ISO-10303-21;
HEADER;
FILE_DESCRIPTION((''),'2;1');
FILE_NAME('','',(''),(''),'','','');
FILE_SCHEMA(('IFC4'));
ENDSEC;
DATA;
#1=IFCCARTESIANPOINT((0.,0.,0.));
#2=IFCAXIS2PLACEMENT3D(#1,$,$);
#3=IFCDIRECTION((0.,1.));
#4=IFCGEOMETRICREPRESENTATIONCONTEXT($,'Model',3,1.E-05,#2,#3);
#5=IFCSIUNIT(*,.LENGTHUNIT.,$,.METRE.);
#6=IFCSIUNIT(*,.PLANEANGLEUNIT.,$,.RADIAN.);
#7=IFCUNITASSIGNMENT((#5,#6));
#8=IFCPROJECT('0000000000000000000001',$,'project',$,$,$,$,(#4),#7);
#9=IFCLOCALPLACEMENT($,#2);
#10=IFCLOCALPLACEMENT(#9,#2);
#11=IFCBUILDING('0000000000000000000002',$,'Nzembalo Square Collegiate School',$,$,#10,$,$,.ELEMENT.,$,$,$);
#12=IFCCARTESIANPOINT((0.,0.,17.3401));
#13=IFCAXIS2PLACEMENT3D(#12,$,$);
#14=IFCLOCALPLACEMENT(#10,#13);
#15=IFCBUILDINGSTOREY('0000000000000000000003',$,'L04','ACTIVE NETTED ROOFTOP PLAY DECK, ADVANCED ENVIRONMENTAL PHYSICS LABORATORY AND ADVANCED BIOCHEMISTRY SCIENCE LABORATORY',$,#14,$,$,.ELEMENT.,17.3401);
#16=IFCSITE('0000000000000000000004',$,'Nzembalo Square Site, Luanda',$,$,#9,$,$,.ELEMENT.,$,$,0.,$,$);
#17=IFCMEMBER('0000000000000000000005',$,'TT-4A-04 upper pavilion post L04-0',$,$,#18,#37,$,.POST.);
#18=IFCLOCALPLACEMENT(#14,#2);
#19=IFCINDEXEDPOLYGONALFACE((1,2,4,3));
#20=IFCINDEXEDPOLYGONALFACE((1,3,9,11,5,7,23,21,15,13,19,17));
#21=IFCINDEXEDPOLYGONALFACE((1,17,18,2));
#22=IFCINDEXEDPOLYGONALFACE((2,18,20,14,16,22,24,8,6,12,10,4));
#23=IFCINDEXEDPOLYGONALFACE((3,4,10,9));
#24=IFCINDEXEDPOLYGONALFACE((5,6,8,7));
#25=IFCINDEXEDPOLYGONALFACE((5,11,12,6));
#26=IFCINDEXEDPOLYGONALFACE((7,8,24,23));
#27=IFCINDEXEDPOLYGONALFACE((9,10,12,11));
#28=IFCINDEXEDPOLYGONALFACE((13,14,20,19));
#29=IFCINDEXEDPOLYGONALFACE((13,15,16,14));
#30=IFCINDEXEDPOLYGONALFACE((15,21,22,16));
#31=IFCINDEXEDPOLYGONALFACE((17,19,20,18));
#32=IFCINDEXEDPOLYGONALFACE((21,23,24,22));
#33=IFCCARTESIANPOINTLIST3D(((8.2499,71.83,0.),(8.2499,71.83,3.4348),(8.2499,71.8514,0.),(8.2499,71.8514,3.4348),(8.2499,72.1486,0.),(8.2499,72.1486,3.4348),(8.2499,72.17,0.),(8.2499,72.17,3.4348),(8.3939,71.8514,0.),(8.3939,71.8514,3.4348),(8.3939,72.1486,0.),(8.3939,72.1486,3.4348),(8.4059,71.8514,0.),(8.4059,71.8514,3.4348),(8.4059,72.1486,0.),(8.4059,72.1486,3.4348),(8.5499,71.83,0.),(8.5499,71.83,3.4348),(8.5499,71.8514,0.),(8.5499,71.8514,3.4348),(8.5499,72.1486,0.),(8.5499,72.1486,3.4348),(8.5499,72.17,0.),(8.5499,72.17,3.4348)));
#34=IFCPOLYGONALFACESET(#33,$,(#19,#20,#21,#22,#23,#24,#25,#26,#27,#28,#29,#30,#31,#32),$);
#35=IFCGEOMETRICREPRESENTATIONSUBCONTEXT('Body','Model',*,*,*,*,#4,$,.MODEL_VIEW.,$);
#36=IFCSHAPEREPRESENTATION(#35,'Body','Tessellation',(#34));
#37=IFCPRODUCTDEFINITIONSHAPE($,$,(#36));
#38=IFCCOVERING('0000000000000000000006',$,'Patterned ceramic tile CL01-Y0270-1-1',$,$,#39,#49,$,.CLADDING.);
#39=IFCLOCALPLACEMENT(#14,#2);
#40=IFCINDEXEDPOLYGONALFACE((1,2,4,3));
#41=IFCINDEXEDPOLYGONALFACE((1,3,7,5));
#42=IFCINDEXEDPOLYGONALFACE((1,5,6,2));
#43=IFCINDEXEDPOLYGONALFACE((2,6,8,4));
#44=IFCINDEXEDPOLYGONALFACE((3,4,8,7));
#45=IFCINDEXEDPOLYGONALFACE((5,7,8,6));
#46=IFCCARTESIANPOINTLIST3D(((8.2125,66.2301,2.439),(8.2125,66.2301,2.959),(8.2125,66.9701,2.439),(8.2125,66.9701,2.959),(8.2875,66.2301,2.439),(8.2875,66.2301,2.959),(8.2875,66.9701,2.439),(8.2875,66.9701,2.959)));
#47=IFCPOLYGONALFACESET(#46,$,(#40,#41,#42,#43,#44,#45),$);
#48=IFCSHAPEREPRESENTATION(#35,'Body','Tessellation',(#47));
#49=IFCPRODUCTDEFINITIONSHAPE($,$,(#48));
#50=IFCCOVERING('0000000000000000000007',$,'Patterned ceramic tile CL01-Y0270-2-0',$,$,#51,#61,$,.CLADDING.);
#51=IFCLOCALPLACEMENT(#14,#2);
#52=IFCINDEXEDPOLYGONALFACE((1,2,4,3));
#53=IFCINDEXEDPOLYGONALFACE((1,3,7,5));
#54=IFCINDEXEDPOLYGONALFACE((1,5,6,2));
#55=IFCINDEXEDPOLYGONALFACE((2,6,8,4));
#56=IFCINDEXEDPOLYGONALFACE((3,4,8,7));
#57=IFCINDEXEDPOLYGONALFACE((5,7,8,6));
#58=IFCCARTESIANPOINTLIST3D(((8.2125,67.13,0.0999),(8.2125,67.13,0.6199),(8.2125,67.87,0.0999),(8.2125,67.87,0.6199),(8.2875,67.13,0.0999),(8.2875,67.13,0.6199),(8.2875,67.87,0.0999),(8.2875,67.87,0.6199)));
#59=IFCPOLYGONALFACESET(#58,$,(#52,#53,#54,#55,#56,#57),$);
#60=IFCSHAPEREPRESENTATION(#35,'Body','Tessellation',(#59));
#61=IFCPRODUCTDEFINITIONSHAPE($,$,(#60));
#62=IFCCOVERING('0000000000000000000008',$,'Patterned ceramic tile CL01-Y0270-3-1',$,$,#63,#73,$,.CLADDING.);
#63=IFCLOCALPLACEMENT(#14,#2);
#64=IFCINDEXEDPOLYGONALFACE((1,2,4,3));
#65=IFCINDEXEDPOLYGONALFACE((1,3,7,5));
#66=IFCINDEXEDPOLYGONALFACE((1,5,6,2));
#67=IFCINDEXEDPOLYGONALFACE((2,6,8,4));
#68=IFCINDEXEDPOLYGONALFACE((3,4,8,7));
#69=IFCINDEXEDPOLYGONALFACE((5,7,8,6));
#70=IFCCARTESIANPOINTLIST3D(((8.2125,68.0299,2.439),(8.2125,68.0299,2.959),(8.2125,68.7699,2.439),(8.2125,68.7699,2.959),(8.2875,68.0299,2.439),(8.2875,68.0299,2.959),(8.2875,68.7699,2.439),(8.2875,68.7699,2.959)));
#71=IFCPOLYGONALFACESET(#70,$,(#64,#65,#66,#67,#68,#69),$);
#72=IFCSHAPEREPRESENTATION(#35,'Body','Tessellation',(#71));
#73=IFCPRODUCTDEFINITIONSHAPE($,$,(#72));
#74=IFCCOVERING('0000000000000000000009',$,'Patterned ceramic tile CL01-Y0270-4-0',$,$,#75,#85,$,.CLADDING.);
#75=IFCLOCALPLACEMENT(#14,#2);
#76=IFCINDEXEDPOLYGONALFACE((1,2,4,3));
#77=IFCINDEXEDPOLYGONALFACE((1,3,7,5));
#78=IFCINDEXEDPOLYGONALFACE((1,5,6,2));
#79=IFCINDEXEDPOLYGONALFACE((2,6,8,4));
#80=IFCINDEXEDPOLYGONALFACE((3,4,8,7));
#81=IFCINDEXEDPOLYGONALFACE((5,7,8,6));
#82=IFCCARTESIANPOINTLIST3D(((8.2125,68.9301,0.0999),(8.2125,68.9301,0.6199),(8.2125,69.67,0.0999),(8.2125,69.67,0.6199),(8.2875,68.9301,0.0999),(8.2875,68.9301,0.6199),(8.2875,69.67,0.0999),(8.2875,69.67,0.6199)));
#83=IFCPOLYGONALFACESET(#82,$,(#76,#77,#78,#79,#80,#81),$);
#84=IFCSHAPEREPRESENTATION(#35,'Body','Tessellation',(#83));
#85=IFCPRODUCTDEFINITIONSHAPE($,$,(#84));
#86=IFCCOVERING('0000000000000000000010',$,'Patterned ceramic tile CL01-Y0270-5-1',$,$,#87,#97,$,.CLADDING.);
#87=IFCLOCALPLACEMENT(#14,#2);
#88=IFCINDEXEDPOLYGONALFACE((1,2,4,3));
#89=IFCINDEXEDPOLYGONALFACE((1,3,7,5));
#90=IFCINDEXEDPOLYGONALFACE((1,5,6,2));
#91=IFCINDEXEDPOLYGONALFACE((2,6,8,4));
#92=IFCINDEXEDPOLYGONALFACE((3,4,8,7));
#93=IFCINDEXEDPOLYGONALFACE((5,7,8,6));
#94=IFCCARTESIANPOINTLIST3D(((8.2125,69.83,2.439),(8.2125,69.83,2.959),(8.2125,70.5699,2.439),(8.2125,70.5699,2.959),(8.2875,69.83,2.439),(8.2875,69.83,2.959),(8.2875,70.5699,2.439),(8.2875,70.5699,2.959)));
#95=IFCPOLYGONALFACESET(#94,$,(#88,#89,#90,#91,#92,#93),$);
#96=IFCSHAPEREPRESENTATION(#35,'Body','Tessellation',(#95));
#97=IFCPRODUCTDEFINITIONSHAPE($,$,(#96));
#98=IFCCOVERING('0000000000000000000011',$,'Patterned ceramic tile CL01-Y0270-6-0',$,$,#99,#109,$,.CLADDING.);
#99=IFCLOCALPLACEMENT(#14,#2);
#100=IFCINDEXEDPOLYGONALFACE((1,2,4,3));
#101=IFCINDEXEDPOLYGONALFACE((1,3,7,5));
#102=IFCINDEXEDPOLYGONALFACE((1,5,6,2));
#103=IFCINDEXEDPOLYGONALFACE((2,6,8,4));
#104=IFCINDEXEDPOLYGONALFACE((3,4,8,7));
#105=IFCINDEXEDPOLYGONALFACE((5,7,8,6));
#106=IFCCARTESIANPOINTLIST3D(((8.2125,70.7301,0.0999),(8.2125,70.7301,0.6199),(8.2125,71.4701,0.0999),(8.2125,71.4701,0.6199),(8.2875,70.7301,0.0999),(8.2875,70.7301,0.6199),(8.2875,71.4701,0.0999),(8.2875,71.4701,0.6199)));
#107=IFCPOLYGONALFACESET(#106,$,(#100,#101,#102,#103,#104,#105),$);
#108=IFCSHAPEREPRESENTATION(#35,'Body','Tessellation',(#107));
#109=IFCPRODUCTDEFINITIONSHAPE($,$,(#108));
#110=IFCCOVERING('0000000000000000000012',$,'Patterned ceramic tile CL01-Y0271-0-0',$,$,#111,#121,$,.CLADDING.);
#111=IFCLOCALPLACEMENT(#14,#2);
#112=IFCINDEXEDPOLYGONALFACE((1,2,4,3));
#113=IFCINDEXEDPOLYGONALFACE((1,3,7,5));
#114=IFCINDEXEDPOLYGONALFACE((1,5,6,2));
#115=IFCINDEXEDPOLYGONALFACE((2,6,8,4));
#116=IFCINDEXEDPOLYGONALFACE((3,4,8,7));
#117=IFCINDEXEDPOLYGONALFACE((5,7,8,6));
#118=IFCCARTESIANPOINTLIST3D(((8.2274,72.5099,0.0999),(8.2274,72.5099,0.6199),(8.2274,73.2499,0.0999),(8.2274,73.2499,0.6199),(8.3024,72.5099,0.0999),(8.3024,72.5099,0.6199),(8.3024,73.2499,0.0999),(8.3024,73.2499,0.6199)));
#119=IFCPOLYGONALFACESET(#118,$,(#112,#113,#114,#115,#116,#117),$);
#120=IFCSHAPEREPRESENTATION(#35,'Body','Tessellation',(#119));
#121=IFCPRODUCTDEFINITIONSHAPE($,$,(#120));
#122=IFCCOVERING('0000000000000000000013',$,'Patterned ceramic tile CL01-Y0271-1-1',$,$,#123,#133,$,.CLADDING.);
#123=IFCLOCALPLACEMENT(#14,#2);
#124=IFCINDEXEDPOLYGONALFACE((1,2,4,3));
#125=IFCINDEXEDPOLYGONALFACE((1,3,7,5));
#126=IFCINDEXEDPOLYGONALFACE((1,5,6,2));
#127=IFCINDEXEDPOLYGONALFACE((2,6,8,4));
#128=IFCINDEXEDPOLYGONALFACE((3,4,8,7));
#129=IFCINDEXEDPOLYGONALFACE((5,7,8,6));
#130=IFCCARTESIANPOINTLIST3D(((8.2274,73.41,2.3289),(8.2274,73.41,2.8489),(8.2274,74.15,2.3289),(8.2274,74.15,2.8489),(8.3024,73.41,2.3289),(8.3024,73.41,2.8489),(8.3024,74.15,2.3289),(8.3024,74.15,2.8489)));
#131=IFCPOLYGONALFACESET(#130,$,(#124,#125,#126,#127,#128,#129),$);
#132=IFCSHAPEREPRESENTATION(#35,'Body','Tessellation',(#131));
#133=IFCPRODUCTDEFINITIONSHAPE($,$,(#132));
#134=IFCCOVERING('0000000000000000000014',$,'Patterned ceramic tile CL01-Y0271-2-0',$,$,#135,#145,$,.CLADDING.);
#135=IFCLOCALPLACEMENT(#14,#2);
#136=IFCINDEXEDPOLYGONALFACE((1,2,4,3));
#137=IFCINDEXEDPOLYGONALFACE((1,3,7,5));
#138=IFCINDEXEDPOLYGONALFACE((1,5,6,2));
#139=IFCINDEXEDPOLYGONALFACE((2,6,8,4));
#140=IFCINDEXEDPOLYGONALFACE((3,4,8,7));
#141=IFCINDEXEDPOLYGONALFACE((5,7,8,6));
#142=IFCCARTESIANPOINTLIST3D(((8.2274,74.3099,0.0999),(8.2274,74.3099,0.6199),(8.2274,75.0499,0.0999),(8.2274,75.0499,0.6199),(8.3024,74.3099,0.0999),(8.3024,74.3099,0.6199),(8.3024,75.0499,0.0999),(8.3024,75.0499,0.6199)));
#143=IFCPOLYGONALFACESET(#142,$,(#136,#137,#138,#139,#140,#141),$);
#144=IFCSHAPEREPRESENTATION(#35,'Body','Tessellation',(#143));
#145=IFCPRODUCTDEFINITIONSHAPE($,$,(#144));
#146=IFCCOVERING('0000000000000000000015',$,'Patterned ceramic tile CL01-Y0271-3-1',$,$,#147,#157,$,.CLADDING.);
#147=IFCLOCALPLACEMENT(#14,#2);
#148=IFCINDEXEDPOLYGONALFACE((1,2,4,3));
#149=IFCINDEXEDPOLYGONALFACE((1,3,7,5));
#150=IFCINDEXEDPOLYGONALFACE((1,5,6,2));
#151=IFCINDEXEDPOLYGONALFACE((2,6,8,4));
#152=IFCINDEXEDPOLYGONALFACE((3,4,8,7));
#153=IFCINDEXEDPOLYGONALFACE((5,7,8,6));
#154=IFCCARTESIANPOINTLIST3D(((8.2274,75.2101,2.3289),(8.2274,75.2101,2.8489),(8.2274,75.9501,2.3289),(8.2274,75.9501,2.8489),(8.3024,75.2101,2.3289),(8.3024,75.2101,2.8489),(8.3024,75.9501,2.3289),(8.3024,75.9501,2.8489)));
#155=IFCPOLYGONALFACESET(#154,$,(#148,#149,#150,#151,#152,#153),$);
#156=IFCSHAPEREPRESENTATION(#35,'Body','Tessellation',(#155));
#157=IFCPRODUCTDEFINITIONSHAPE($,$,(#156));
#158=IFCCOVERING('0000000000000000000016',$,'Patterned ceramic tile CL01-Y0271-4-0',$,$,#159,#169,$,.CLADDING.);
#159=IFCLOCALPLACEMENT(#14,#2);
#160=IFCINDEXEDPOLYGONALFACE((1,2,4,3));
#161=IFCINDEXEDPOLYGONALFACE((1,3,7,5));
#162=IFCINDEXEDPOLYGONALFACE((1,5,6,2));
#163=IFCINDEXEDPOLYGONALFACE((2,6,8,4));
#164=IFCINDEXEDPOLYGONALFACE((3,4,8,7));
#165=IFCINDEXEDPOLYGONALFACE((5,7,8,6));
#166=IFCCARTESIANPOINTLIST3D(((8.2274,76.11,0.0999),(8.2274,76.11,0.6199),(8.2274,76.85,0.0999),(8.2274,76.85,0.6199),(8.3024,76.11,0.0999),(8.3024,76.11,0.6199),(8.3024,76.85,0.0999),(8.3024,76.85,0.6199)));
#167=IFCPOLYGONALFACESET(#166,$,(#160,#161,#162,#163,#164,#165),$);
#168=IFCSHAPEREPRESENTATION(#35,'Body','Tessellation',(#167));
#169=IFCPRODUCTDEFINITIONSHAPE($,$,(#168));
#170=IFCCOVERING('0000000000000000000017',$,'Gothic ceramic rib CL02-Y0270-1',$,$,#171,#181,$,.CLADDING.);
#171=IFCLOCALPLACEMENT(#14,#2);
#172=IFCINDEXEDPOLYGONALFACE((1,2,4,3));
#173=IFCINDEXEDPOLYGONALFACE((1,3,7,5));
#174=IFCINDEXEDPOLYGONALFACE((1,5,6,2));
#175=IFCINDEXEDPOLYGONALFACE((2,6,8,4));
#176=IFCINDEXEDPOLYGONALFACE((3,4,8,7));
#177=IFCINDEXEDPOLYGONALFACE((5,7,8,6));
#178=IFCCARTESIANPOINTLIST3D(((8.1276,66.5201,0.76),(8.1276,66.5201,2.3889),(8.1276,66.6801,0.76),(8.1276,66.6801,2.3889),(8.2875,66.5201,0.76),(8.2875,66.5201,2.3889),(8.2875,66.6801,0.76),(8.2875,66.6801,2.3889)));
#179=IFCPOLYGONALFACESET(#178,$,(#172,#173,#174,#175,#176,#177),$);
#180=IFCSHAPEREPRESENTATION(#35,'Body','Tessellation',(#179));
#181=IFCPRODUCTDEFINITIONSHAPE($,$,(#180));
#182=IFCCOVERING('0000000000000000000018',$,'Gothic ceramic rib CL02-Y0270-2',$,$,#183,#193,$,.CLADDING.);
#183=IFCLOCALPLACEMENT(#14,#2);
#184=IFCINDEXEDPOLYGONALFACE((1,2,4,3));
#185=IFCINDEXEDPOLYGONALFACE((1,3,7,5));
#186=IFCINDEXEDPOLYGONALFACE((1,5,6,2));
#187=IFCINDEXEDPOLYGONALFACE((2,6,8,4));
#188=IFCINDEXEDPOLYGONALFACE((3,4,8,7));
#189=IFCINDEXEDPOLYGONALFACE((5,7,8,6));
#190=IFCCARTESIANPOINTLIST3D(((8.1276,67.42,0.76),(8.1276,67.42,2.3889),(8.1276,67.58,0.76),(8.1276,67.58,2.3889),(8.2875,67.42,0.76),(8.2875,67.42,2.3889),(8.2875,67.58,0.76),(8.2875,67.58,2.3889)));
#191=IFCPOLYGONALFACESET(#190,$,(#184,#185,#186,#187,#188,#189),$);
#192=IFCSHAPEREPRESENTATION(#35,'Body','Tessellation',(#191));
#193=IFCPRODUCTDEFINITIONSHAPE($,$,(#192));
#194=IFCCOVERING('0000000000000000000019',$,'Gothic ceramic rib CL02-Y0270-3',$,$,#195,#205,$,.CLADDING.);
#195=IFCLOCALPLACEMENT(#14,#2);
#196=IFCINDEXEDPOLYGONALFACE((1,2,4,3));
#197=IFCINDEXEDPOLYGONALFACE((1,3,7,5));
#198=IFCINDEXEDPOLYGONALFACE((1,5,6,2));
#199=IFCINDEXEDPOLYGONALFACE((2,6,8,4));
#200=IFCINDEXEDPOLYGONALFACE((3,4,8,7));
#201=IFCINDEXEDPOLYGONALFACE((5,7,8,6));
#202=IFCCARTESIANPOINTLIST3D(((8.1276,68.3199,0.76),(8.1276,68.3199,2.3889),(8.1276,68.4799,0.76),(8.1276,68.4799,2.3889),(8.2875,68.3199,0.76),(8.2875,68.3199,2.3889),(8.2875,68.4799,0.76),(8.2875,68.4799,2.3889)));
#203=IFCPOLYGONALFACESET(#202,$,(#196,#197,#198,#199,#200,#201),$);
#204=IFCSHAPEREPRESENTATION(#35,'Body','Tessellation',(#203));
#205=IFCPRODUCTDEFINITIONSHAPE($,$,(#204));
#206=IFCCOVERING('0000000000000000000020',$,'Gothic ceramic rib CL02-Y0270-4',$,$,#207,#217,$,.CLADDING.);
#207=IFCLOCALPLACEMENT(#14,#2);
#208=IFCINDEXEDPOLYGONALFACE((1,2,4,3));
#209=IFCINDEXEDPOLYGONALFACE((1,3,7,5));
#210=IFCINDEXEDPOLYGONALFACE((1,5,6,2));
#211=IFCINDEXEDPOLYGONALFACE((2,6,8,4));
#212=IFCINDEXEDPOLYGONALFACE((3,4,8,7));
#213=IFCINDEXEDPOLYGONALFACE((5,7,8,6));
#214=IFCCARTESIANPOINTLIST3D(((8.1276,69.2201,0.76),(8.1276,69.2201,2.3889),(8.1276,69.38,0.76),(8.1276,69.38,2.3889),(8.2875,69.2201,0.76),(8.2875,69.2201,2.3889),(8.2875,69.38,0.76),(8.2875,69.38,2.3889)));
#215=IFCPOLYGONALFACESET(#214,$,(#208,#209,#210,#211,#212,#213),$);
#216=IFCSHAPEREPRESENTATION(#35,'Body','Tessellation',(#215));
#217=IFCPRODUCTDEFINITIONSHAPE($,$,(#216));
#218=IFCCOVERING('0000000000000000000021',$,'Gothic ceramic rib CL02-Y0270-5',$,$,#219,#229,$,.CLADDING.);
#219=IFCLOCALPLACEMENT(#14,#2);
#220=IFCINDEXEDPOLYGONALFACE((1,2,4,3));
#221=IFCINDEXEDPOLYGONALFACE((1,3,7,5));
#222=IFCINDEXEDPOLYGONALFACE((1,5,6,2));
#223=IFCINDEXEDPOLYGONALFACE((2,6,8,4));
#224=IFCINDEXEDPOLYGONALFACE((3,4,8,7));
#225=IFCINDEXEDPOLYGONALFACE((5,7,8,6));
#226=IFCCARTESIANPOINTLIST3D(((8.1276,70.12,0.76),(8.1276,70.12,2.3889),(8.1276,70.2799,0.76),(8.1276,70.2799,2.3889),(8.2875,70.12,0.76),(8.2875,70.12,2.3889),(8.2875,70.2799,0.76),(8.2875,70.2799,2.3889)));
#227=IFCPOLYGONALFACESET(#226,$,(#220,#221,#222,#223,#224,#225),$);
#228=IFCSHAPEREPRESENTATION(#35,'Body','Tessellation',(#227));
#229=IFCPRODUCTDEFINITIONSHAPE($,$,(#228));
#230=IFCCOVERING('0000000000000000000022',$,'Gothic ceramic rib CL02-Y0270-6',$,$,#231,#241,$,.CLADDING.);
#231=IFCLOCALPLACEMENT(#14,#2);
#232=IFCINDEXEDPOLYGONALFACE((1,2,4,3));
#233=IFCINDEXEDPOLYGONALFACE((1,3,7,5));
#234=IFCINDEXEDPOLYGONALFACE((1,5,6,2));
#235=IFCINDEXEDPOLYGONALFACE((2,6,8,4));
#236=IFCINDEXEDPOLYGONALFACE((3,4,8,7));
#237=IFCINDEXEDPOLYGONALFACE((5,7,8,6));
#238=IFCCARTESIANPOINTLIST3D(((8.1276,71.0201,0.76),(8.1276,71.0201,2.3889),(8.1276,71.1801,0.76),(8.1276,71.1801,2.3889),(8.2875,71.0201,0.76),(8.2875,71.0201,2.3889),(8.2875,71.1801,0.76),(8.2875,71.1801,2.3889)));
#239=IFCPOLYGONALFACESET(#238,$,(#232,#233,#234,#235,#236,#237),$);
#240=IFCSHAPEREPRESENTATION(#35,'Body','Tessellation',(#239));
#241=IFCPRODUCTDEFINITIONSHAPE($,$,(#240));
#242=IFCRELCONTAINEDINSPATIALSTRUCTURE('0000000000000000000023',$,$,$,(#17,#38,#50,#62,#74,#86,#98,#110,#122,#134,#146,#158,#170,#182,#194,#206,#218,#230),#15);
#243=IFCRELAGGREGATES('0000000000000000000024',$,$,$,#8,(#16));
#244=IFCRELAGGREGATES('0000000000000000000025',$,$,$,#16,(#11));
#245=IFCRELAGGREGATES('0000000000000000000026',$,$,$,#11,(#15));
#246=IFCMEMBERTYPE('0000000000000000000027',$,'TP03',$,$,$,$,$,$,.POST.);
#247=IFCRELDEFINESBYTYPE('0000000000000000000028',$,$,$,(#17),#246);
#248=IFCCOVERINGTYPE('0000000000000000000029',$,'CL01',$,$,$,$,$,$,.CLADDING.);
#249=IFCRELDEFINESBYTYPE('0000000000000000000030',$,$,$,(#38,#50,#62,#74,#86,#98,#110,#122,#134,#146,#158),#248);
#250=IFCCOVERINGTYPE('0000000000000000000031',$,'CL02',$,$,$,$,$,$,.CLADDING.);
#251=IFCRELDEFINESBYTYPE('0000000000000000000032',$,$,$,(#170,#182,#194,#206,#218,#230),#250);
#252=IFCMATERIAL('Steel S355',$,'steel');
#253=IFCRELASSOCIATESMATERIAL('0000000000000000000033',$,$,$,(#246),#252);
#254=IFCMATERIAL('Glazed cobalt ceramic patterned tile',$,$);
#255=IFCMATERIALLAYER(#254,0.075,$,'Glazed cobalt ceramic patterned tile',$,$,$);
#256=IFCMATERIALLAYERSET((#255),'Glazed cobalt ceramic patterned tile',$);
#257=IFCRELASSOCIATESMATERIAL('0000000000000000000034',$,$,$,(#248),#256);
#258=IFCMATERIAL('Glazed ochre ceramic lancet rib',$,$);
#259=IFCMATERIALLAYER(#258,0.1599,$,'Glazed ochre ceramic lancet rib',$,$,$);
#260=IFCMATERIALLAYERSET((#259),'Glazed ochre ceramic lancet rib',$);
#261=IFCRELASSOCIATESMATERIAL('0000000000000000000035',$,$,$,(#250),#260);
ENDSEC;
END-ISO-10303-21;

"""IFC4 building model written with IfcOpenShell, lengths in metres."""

from ifc_helpers import new_model, si_unit, direction, frame, origin, origin_2d, place, context, subcontext, project, spatial, rectangle, i_section, extrude, material, layer, layer_set, material_profile, profile_set, type_object, element, save


model = new_model("IFC4")

# Units and contexts
model_context = context("Model", 3, precision=1e-05, world=origin(), true_north=direction((0.0, 1.0)))
body_context = subcontext(model_context, "Body", "Model", "MODEL_VIEW")
ifc_project = project(units=[si_unit("LENGTHUNIT", "METRE"), si_unit("PLANEANGLEUNIT", "RADIAN")], contexts=[model_context])

# Site, building, storey
site_placement = place(None, origin())
site = spatial("IfcSite", under=ifc_project, at=site_placement, Name="Nzembalo Square Site, Luanda", CompositionType="ELEMENT", RefElevation=0.0)
building_placement = place(site_placement, origin())
building = spatial("IfcBuilding", under=site, at=building_placement, Name="Nzembalo Square Collegiate School", CompositionType="ELEMENT")
storey_placement = place(building_placement, frame((0.0, 0.0, 17.3401)))
storey = spatial("IfcBuildingStorey", under=building, at=storey_placement, Name="L04", Description="ACTIVE NETTED ROOFTOP PLAY DECK, ADVANCED ENVIRONMENTAL PHYSICS LABORATORY AND ADVANCED BIOCHEMISTRY SCIENCE LABORATORY", CompositionType="ELEMENT", Elevation=17.3401)

# Member
ifc_material_1 = material(Name="Steel S355", Category="steel")
ifc_material_profile = material_profile(ifc_material_1, i_section(OverallWidth=0.3, OverallDepth=0.3401, WebThickness=0.012, FlangeThickness=0.0215, at=origin_2d()), Name="HEB 340")
ifc_profile_set = profile_set([ifc_material_profile], Name="Steel S355")
member_type = type_object("IfcMemberType", Name="TP03", PredefinedType="POST", material=ifc_profile_set)
member_placement = place(storey_placement, frame((8.3999, 72.0, 0.0), z_axis=(0.0, 0.0, 1.0), x_axis=(1.0, 0.0, 0.0)))
element("IfcMember", 1, at=member_placement, inside=storey, type_object=member_type, Name="TT-4A-04 upper pavilion post L04-0", PredefinedType="POST", context=body_context, shape_type="SweptSolid", body=[
    extrude(i_section(OverallWidth=0.3, OverallDepth=0.3401, WebThickness=0.012, FlangeThickness=0.0215, at=origin_2d()), origin(), (0.0, 0.0, 1.0), 3.4348),
])

# Coverings
ifc_material_2 = material(Name="Glazed cobalt ceramic patterned tile")
ifc_layer_1 = layer(ifc_material_2, 0.075, Name="Glazed cobalt ceramic patterned tile")
ifc_layer_set_1 = layer_set([ifc_layer_1], Name="Glazed cobalt ceramic patterned tile")
covering_type_1 = type_object("IfcCoveringType", Name="CL01", PredefinedType="CLADDING", material=ifc_layer_set_1)
for number, where, z_axis, x_axis, name in (
    (2, (8.25, 66.6001, 2.439), (0.0, 0.0, 1.0), (1.0, 0.0, 0.0), "Patterned ceramic tile CL01-Y0270-1-1"),
    (3, (8.25, 67.5, 0.0999), (0.0, 0.0, 1.0), (1.0, 0.0, 0.0), "Patterned ceramic tile CL01-Y0270-2-0"),
    (4, (8.25, 68.3999, 2.439), (0.0, 0.0, 1.0), (1.0, 0.0, 0.0), "Patterned ceramic tile CL01-Y0270-3-1"),
    (5, (8.25, 69.3, 0.0999), (0.0, 0.0, 1.0), (1.0, 0.0, 0.0), "Patterned ceramic tile CL01-Y0270-4-0"),
    (6, (8.25, 70.2, 2.439), (0.0, 0.0, 1.0), (1.0, 0.0, 0.0), "Patterned ceramic tile CL01-Y0270-5-1"),
    (7, (8.25, 71.1001, 0.0999), (0.0, 0.0, 1.0), (1.0, 0.0, 0.0), "Patterned ceramic tile CL01-Y0270-6-0"),
    (8, (8.2649, 72.8799, 0.0999), (0.0, 0.0, 1.0), (1.0, 0.0, 0.0), "Patterned ceramic tile CL01-Y0271-0-0"),
    (9, (8.2649, 73.78, 2.3289), (0.0, 0.0, 1.0), (1.0, 0.0, 0.0), "Patterned ceramic tile CL01-Y0271-1-1"),
    (10, (8.2649, 74.6799, 0.0999), (0.0, 0.0, 1.0), (1.0, 0.0, 0.0), "Patterned ceramic tile CL01-Y0271-2-0"),
    (11, (8.2649, 75.5801, 2.3289), (0.0, 0.0, 1.0), (1.0, 0.0, 0.0), "Patterned ceramic tile CL01-Y0271-3-1"),
    (12, (8.2649, 76.48, 0.0999), (0.0, 0.0, 1.0), (1.0, 0.0, 0.0), "Patterned ceramic tile CL01-Y0271-4-0"),
):
    element("IfcCovering", number, at=place(storey_placement, frame(where, z_axis=z_axis, x_axis=x_axis)), inside=storey, type_object=covering_type_1, Name=name, PredefinedType="CLADDING", context=body_context, shape_type="SweptSolid", body=[
        extrude(rectangle(XDim=0.075, YDim=0.74, at=origin_2d()), origin(), (0.0, 0.0, 1.0), 0.52),
    ])
ifc_material_3 = material(Name="Glazed ochre ceramic lancet rib")
ifc_layer_2 = layer(ifc_material_3, 0.1599, Name="Glazed ochre ceramic lancet rib")
ifc_layer_set_2 = layer_set([ifc_layer_2], Name="Glazed ochre ceramic lancet rib")
covering_type_2 = type_object("IfcCoveringType", Name="CL02", PredefinedType="CLADDING", material=ifc_layer_set_2)
for number, where, z_axis, x_axis, name in (
    (13, (8.2075, 66.6001, 0.76), (0.0, 0.0, 1.0), (1.0, 0.0, 0.0), "Gothic ceramic rib CL02-Y0270-1"),
    (14, (8.2075, 67.5, 0.76), (0.0, 0.0, 1.0), (1.0, 0.0, 0.0), "Gothic ceramic rib CL02-Y0270-2"),
    (15, (8.2075, 68.3999, 0.76), (0.0, 0.0, 1.0), (1.0, 0.0, 0.0), "Gothic ceramic rib CL02-Y0270-3"),
    (16, (8.2075, 69.3, 0.76), (0.0, 0.0, 1.0), (1.0, 0.0, 0.0), "Gothic ceramic rib CL02-Y0270-4"),
    (17, (8.2075, 70.2, 0.76), (0.0, 0.0, 1.0), (1.0, 0.0, 0.0), "Gothic ceramic rib CL02-Y0270-5"),
    (18, (8.2075, 71.1001, 0.76), (0.0, 0.0, 1.0), (1.0, 0.0, 0.0), "Gothic ceramic rib CL02-Y0270-6"),
):
    element("IfcCovering", number, at=place(storey_placement, frame(where, z_axis=z_axis, x_axis=x_axis)), inside=storey, type_object=covering_type_2, Name=name, PredefinedType="CLADDING", context=body_context, shape_type="SweptSolid", body=[
        extrude(rectangle(XDim=0.1599, YDim=0.1599, at=origin_2d()), origin(), (0.0, 0.0, 1.0), 1.6289),
    ])

save(model, "model.ifc")
